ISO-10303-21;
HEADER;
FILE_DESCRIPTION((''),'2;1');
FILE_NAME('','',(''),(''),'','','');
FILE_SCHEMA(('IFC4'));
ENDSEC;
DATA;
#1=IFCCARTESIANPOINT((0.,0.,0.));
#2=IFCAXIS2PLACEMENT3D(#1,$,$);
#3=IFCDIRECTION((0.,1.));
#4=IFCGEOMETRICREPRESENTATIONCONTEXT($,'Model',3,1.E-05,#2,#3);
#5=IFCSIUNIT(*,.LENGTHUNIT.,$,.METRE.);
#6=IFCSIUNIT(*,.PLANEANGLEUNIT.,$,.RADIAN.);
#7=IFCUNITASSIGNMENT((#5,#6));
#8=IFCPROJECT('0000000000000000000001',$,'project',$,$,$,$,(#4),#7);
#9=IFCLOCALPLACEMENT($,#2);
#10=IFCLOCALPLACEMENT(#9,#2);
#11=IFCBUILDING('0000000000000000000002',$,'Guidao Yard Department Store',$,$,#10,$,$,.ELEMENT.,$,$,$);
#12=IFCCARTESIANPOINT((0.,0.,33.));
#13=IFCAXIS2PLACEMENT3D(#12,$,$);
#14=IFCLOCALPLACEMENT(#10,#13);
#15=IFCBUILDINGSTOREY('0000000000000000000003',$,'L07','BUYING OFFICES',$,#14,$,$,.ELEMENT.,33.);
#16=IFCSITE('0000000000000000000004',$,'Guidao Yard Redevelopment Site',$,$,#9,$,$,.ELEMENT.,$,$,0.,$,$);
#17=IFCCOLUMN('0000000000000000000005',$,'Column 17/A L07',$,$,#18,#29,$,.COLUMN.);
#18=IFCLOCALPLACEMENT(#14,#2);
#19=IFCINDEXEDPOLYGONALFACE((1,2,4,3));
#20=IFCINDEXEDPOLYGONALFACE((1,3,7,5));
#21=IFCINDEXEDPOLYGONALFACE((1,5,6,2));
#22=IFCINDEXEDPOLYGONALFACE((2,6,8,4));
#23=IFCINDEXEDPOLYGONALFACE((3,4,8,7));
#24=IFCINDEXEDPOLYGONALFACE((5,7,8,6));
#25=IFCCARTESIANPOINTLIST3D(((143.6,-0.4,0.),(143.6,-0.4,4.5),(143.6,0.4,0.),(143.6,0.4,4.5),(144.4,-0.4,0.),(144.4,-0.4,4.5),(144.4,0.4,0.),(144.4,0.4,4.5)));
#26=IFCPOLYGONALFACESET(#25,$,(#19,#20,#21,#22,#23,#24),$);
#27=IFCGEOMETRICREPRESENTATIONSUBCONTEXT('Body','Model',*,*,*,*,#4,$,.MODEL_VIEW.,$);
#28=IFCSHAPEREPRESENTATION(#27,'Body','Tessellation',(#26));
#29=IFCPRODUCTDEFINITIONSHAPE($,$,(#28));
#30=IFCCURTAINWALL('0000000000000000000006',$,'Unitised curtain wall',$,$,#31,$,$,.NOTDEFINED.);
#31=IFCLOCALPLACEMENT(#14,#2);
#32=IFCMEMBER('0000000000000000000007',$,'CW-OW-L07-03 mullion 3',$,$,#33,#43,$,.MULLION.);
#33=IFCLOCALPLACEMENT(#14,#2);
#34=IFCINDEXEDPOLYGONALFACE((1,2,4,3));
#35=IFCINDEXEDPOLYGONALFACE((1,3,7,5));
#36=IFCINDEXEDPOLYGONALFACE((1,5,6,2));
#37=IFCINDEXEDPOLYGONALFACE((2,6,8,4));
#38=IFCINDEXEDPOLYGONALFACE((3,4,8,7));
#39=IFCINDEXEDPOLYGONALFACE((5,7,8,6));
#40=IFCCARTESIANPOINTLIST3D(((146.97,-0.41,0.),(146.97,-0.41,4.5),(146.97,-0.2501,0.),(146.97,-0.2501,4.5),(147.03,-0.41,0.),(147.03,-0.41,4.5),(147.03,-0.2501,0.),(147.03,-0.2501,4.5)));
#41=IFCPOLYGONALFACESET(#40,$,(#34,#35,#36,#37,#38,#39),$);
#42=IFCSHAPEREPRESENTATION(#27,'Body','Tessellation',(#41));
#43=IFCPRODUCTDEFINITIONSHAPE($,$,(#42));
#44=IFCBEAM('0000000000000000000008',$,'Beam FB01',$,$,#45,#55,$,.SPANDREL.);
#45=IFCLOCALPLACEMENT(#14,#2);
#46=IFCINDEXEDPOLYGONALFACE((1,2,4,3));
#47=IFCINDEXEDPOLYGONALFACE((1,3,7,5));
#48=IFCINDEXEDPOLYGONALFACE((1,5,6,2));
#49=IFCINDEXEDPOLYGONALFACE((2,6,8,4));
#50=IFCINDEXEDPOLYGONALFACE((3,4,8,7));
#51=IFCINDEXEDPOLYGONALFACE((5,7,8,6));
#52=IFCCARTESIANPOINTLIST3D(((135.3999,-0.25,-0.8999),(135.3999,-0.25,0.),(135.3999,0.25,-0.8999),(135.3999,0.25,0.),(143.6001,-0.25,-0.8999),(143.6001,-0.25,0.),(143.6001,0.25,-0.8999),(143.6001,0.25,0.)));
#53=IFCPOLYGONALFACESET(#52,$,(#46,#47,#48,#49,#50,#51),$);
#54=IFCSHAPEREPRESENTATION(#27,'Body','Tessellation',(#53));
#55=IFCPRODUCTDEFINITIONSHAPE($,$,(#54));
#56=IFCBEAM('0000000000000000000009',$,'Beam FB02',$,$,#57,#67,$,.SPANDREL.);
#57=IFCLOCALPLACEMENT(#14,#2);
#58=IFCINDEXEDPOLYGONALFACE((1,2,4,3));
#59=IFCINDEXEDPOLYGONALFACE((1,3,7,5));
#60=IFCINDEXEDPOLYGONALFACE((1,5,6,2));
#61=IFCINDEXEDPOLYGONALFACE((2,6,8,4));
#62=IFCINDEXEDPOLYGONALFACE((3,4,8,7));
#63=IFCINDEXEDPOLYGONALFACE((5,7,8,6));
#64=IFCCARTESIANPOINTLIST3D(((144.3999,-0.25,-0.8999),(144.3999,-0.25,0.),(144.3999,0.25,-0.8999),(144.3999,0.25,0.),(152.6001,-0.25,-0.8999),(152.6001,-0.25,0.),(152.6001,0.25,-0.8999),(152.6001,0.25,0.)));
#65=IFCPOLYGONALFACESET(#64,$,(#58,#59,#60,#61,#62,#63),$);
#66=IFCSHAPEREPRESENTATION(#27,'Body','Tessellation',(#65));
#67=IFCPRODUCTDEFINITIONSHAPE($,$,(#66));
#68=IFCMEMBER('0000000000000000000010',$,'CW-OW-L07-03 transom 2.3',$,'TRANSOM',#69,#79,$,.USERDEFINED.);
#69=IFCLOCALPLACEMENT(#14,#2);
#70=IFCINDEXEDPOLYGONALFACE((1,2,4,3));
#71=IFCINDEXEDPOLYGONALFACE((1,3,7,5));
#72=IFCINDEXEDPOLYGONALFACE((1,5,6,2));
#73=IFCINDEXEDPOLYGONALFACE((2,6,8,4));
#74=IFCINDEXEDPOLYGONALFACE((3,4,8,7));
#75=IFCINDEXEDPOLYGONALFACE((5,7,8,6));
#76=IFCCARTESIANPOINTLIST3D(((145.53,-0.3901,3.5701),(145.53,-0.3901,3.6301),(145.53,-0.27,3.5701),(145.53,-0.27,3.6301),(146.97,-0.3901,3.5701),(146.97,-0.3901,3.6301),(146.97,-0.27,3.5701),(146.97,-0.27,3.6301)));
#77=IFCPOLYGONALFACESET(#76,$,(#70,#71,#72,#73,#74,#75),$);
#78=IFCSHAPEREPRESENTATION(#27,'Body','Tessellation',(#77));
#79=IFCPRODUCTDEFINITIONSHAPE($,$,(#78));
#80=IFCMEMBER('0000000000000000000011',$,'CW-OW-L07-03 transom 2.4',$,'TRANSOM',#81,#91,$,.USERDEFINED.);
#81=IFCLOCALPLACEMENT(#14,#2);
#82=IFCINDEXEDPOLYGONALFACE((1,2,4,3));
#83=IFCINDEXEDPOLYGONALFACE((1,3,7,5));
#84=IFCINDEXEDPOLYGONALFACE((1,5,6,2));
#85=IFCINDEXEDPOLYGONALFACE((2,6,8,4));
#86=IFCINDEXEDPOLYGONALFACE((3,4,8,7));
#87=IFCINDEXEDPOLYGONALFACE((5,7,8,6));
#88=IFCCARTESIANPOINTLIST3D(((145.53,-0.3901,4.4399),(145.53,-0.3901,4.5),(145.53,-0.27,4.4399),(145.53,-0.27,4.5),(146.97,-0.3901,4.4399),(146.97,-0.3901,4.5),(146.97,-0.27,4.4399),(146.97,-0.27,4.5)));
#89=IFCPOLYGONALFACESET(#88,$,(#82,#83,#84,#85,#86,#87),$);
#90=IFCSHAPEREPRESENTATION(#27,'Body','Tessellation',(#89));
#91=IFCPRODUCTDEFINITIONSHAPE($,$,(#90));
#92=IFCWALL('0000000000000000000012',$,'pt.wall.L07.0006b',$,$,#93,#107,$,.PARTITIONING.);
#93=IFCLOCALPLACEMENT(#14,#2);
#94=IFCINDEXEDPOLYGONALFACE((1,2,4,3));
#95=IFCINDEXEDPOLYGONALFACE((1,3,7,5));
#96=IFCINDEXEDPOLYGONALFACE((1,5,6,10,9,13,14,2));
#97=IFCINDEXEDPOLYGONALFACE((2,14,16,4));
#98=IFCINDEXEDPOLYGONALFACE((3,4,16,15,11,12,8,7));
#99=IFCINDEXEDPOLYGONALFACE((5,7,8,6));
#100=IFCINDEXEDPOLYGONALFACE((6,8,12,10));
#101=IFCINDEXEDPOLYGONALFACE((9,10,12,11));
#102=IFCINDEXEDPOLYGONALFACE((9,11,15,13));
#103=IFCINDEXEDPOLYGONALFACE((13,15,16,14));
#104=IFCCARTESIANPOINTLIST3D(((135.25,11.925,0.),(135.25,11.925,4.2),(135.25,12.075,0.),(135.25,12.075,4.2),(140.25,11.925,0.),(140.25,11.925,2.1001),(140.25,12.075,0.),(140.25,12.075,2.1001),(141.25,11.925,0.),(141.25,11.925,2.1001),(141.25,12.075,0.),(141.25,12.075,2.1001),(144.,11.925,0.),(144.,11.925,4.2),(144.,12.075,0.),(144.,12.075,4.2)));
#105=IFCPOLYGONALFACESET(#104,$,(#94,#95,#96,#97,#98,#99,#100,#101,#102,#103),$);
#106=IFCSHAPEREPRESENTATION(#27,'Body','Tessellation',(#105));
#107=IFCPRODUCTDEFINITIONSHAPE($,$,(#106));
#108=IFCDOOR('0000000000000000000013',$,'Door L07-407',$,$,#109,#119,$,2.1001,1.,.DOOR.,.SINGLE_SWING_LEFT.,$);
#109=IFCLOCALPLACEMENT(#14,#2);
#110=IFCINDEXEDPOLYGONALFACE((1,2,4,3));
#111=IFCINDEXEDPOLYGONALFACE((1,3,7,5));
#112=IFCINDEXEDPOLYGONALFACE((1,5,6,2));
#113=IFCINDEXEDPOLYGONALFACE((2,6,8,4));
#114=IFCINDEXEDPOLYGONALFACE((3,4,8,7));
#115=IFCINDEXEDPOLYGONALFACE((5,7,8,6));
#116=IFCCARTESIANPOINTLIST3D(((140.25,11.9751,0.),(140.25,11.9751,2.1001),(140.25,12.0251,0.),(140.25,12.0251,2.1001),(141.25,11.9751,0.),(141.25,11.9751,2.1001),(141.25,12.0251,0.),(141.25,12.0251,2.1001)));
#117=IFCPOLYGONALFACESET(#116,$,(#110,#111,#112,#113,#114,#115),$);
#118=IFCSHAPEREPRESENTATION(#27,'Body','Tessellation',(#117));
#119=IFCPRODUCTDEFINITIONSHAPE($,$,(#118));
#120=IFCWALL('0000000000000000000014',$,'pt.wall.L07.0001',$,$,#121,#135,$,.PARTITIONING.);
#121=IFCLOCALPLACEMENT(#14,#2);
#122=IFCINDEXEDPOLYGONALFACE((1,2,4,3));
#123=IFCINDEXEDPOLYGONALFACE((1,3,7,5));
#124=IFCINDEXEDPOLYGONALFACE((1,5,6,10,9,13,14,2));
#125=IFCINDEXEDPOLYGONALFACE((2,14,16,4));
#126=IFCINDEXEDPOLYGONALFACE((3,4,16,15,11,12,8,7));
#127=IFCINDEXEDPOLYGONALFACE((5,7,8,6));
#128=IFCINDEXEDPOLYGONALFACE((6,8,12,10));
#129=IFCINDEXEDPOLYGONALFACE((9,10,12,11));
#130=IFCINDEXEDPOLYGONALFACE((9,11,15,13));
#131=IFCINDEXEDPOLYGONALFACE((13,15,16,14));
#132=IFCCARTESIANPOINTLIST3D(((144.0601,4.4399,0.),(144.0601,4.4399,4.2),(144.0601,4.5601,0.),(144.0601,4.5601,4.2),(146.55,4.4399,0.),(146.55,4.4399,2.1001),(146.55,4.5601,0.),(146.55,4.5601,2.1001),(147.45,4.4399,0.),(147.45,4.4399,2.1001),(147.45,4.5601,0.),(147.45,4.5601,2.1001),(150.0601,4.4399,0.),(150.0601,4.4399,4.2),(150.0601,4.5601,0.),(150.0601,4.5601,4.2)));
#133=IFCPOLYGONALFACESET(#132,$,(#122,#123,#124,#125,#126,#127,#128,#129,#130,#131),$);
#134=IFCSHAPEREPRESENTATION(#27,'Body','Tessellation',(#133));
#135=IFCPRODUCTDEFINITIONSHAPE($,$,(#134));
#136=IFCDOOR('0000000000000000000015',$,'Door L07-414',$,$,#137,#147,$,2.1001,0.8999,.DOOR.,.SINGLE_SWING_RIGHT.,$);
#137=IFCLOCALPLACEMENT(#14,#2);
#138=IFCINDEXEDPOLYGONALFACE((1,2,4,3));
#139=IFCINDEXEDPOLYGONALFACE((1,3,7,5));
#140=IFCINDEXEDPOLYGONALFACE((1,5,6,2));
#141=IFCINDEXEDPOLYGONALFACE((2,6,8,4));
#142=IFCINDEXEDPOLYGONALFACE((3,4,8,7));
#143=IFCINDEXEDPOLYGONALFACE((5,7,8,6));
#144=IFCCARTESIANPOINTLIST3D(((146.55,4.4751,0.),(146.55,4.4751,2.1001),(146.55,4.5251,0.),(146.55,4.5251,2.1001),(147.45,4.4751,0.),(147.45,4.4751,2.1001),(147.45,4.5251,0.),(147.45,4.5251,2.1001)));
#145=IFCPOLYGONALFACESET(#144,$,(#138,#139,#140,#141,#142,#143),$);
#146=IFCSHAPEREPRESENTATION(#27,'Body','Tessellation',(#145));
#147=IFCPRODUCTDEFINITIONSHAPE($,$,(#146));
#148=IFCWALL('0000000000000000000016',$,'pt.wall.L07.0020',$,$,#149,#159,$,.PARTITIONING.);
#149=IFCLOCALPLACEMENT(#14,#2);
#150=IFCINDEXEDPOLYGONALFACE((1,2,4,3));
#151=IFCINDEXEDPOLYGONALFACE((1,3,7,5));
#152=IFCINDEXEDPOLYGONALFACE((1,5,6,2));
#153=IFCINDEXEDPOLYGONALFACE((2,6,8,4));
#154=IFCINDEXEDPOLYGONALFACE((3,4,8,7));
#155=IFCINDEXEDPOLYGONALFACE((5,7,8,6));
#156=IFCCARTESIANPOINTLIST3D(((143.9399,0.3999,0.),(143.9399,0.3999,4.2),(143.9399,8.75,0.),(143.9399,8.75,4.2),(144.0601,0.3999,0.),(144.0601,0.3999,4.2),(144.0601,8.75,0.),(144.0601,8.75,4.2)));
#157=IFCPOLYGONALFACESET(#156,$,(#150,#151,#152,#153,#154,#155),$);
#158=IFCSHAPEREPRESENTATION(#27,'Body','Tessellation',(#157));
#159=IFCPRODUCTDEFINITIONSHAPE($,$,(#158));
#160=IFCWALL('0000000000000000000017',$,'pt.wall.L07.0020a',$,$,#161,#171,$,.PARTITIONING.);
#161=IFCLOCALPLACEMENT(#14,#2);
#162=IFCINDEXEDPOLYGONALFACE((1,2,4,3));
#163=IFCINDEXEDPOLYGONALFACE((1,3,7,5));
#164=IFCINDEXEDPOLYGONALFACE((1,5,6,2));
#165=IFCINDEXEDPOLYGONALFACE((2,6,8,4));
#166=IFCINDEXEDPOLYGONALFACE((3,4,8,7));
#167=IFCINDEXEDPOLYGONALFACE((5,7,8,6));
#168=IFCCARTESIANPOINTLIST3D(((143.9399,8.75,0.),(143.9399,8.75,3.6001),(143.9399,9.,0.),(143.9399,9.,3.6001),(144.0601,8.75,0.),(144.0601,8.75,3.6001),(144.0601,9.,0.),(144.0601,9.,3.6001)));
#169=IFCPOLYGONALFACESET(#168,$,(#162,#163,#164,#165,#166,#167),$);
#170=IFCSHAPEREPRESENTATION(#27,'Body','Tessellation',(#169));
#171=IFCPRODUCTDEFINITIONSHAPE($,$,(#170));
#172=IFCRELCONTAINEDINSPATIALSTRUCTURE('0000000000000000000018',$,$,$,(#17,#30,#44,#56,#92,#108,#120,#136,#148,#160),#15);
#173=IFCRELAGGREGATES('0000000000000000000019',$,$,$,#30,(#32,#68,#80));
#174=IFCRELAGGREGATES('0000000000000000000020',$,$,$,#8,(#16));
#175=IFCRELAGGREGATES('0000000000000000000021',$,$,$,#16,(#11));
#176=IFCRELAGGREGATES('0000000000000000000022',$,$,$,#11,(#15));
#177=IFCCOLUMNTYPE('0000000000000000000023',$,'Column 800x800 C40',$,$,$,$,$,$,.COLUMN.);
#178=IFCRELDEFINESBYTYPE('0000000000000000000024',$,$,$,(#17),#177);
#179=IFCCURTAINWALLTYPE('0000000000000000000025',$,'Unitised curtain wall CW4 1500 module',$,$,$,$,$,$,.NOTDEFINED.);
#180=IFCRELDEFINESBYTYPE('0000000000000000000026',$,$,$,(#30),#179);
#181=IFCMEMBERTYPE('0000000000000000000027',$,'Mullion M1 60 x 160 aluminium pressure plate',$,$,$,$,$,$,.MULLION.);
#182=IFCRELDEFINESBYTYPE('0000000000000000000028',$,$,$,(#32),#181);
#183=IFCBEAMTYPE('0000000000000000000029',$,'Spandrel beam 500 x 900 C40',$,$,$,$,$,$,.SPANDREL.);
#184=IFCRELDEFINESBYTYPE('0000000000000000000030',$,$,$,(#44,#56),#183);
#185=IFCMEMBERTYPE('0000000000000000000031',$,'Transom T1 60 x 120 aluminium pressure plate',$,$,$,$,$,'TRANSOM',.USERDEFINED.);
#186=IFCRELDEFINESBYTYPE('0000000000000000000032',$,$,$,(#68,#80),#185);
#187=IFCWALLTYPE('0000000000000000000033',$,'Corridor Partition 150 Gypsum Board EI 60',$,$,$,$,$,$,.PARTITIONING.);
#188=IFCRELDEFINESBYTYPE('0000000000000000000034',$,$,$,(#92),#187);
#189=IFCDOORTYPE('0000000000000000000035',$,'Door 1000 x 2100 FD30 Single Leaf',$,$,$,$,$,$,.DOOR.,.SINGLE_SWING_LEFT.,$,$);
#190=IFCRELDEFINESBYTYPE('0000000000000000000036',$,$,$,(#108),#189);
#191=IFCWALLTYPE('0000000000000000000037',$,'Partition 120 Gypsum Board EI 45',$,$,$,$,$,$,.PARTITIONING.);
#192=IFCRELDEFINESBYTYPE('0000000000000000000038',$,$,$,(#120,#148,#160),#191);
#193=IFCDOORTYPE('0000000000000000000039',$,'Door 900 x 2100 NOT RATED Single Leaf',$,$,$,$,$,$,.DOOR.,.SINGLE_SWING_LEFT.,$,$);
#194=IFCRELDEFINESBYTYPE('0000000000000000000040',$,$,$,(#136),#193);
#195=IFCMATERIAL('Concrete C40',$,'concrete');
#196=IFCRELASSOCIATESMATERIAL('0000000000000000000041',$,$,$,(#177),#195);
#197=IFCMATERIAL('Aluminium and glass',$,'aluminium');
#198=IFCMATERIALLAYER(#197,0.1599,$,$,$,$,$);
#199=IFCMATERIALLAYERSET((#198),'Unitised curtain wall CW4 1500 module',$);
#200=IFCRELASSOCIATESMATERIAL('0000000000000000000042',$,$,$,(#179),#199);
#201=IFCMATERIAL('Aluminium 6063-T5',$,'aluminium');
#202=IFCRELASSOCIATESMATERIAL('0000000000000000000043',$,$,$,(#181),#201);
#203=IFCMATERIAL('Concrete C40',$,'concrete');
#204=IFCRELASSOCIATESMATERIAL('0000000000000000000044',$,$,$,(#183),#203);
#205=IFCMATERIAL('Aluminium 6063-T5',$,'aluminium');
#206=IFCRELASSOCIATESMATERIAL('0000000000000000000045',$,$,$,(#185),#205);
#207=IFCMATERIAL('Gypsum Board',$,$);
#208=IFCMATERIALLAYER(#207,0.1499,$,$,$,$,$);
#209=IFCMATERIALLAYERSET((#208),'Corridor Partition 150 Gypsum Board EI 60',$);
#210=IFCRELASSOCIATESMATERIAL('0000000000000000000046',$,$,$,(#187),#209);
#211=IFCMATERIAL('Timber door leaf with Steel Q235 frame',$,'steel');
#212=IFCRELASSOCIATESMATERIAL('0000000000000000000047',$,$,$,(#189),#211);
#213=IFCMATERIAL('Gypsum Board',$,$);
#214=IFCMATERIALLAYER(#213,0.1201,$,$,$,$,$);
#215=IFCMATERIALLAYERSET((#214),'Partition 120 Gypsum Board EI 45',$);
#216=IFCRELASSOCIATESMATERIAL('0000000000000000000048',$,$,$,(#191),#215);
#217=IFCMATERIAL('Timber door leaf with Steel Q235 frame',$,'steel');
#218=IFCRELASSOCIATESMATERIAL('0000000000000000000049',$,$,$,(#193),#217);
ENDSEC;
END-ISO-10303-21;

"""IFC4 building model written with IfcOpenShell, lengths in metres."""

from ifc_helpers import new_model, si_unit, direction, frame, frame_2d, origin, origin_2d, place, context, subcontext, project, spatial, rectangle, extrude, material, layer, layer_set, material_profile, profile_set, type_object, element, fill, aggregate, save


model = new_model("IFC4")

# Units and contexts
model_context = context("Model", 3, precision=1e-05, world=origin(), true_north=direction((0.0, 1.0)))
body_context = subcontext(model_context, "Body", "Model", "MODEL_VIEW")
ifc_project = project(units=[si_unit("LENGTHUNIT", "METRE"), si_unit("PLANEANGLEUNIT", "RADIAN")], contexts=[model_context])

# Site, building, storey
site_placement = place(None, origin())
site = spatial("IfcSite", under=ifc_project, at=site_placement, Name="Guidao Yard Redevelopment Site", CompositionType="ELEMENT", RefElevation=0.0)
building_placement = place(site_placement, origin())
building = spatial("IfcBuilding", under=site, at=building_placement, Name="Guidao Yard Department Store", CompositionType="ELEMENT")
storey_placement = place(building_placement, frame((0.0, 0.0, 33.0)))
storey = spatial("IfcBuildingStorey", under=building, at=storey_placement, Name="L07", Description="BUYING OFFICES", CompositionType="ELEMENT", Elevation=33.0)

# Column
ifc_material_1 = material(Name="Concrete C40", Category="concrete")
ifc_material_profile_1 = material_profile(ifc_material_1, rectangle(XDim=0.8, YDim=0.8, at=origin_2d()), Name="COL 800x800")
ifc_profile_set_1 = profile_set([ifc_material_profile_1], Name="Concrete C40")
column_type = type_object("IfcColumnType", Name="Column 800x800 C40", PredefinedType="COLUMN", material=ifc_profile_set_1)
column_placement = place(storey_placement, frame((144.0, 0.0, 0.0), z_axis=(0.0, 0.0, 1.0), x_axis=(1.0, 0.0, 0.0)))
element("IfcColumn", 1, at=column_placement, inside=storey, type_object=column_type, Name="Column 17/A L07", PredefinedType="COLUMN", context=body_context, shape_type="SweptSolid", body=[
    extrude(rectangle(XDim=0.8, YDim=0.8, at=origin_2d()), origin(), (0.0, 0.0, 1.0), 4.5),
])

# Curtain wall, member
ifc_material_2 = material(Name="Aluminium and glass", Category="aluminium")
ifc_layer_1 = layer(ifc_material_2, 0.1599)
ifc_layer_set_1 = layer_set([ifc_layer_1], Name="Unitised curtain wall CW4 1500 module")
curtain_wall_type = type_object("IfcCurtainWallType", Name="Unitised curtain wall CW4 1500 module", PredefinedType="NOTDEFINED", material=ifc_layer_set_1)
curtain_wall_placement = place(storey_placement, origin())
curtain_wall = element("IfcCurtainWall", 2, at=curtain_wall_placement, inside=storey, type_object=curtain_wall_type, Name="Unitised curtain wall", PredefinedType="NOTDEFINED")
ifc_material_3 = material(Name="Aluminium 6063-T5", Category="aluminium")
ifc_material_profile_2 = material_profile(ifc_material_3, rectangle(XDim=0.0601, YDim=0.1599, at=origin_2d()), Name="Mullion M1 60 x 160 aluminium pressure plate")
ifc_profile_set_2 = profile_set([ifc_material_profile_2], Name="Aluminium 6063-T5")
member_type_1 = type_object("IfcMemberType", Name="Mullion M1 60 x 160 aluminium pressure plate", PredefinedType="MULLION", material=ifc_profile_set_2)
member_1_placement = place(storey_placement, frame((147.0, -0.3301, 0.0), z_axis=(0.0, 0.0, 1.0), x_axis=(-1.0, 0.0, 0.0)))
member_1 = element("IfcMember", 3, at=member_1_placement, type_object=member_type_1, Name="CW-OW-L07-03 mullion 3", PredefinedType="MULLION", context=body_context, shape_type="SweptSolid", body=[
    extrude(rectangle(XDim=0.0601, YDim=0.1599, at=origin_2d()), origin(), (0.0, 0.0, 1.0), 4.5),
])

# Beams
ifc_material_4 = material(Name="Concrete C40", Category="concrete")
ifc_material_profile_3 = material_profile(ifc_material_4, rectangle(XDim=0.5, YDim=0.8999, at=origin_2d()), Name="Spandrel beam 500 x 900 C40")
ifc_profile_set_3 = profile_set([ifc_material_profile_3], Name="Concrete C40")
beam_type = type_object("IfcBeamType", Name="Spandrel beam 500 x 900 C40", PredefinedType="SPANDREL", material=ifc_profile_set_3)
for number, where, z_axis, x_axis, name in (
    (4, (135.3999, 0.0, -0.45), (1.0, 0.0, 0.0), (0.0, 1.0, 0.0), "Beam FB01"),
    (5, (144.3999, 0.0, -0.45), (1.0, 0.0, 0.0), (0.0, 1.0, 0.0), "Beam FB02"),
):
    element("IfcBeam", number, at=place(storey_placement, frame(where, z_axis=z_axis, x_axis=x_axis)), inside=storey, type_object=beam_type, Name=name, PredefinedType="SPANDREL", context=body_context, shape_type="SweptSolid", body=[
        extrude(rectangle(XDim=0.5, YDim=0.8999, at=origin_2d()), origin(), (0.0, 0.0, 1.0), 8.2002),
    ])

# Members
ifc_material_5 = material(Name="Aluminium 6063-T5", Category="aluminium")
ifc_material_profile_4 = material_profile(ifc_material_5, rectangle(XDim=0.1201, YDim=0.0601, at=origin_2d()), Name="Transom T1 60 x 120 aluminium pressure plate")
ifc_profile_set_4 = profile_set([ifc_material_profile_4], Name="Aluminium 6063-T5")
member_type_2 = type_object("IfcMemberType", Name="Transom T1 60 x 120 aluminium pressure plate", ElementType="TRANSOM", PredefinedType="USERDEFINED", material=ifc_profile_set_4)
member_2_placement = place(storey_placement, frame((146.97, -0.3301, 3.6001), z_axis=(-1.0, 0.0, 0.0), x_axis=(0.0, -1.0, 0.0)))
member_2 = element("IfcMember", 6, at=member_2_placement, type_object=member_type_2, Name="CW-OW-L07-03 transom 2.3", ObjectType="TRANSOM", PredefinedType="USERDEFINED", context=body_context, shape_type="SweptSolid", body=[
    extrude(rectangle(XDim=0.1201, YDim=0.0601, at=origin_2d()), origin(), (0.0, 0.0, 1.0), 1.4399),
])
member_3_placement = place(storey_placement, frame((146.97, -0.3301, 4.47), z_axis=(-1.0, 0.0, 0.0), x_axis=(0.0, -1.0, 0.0)))
member_3 = element("IfcMember", 7, at=member_3_placement, type_object=member_type_2, Name="CW-OW-L07-03 transom 2.4", ObjectType="TRANSOM", PredefinedType="USERDEFINED", context=body_context, shape_type="SweptSolid", body=[
    extrude(rectangle(XDim=0.1201, YDim=0.0601, at=origin_2d()), origin(), (0.0, 0.0, 1.0), 1.4399),
])
aggregate(curtain_wall, [member_1, member_2, member_3])

# Walls, openings, doors
ifc_material_6 = material(Name="Gypsum Board")
ifc_layer_2 = layer(ifc_material_6, 0.1499)
ifc_layer_set_2 = layer_set([ifc_layer_2], Name="Corridor Partition 150 Gypsum Board EI 60")
wall_type_1 = type_object("IfcWallType", Name="Corridor Partition 150 Gypsum Board EI 60", PredefinedType="PARTITIONING", material=ifc_layer_set_2)
wall_1_placement = place(storey_placement, frame((135.25, 12.0, 0.0), z_axis=(0.0, 0.0, 1.0), x_axis=(1.0, 0.0, 0.0)))
wall_1 = element("IfcWall", 8, at=wall_1_placement, inside=storey, type_object=wall_type_1, Name="pt.wall.L07.0006b", PredefinedType="PARTITIONING", context=body_context, shape_type="SweptSolid", body=[
    extrude(rectangle(XDim=8.75, YDim=0.1499, at=frame_2d((4.375, 0.0))), origin(), (0.0, 0.0, 1.0), 4.2),
])
opening_1_placement = place(wall_1_placement, frame((6.0, 0.0, 0.0), z_axis=(0.0, 0.0, 1.0), x_axis=(-1.0, 0.0, 0.0)))
opening_1 = element("IfcOpeningElement", 9, at=opening_1_placement, cuts=wall_1, PredefinedType="OPENING", context=body_context, shape_type="SweptSolid", body=[
    extrude(rectangle(XDim=1.0, YDim=2.1001, at=frame_2d((0.5, 1.05))), frame((0.0, 0.085, 0.0), z_axis=(0.0, -1.0, 0.0), x_axis=(1.0, 0.0, 0.0)), (0.0, 0.0, 1.0), 0.1699),
])
ifc_material_7 = material(Name="Timber door leaf with Steel Q235 frame", Category="steel")
door_type_1 = type_object("IfcDoorType", Name="Door 1000 x 2100 FD30 Single Leaf", OperationType="SINGLE_SWING_LEFT", PredefinedType="DOOR", material=ifc_material_7)
door_1_placement = place(opening_1_placement, origin())
door_1 = element("IfcDoor", 10, at=door_1_placement, inside=storey, type_object=door_type_1, Name="Door L07-407", OperationType="SINGLE_SWING_LEFT", OverallHeight=2.1001, OverallWidth=1.0, PredefinedType="DOOR", context=body_context, shape_type="SweptSolid", body=[
    extrude(rectangle(XDim=1.0, YDim=2.1001, at=frame_2d((0.5, 1.05))), frame((0.0, 0.0249, 0.0), z_axis=(0.0, -1.0, 0.0), x_axis=(1.0, 0.0, 0.0)), (0.0, 0.0, 1.0), 0.05),
])
fill(opening_1, door_1)
ifc_material_8 = material(Name="Gypsum Board")
ifc_layer_3 = layer(ifc_material_8, 0.1201)
ifc_layer_set_3 = layer_set([ifc_layer_3], Name="Partition 120 Gypsum Board EI 45")
wall_type_2 = type_object("IfcWallType", Name="Partition 120 Gypsum Board EI 45", PredefinedType="PARTITIONING", material=ifc_layer_set_3)
wall_2_placement = place(storey_placement, frame((144.0601, 4.5, 0.0), z_axis=(0.0, 0.0, 1.0), x_axis=(1.0, 0.0, 0.0)))
wall_2 = element("IfcWall", 11, at=wall_2_placement, inside=storey, type_object=wall_type_2, Name="pt.wall.L07.0001", PredefinedType="PARTITIONING", context=body_context, shape_type="SweptSolid", body=[
    extrude(rectangle(XDim=6.0, YDim=0.1201, at=frame_2d((3.0, 0.0))), origin(), (0.0, 0.0, 1.0), 4.2),
])
opening_2_placement = place(wall_2_placement, frame((3.3899, 0.0, 0.0), z_axis=(0.0, 0.0, 1.0), x_axis=(-1.0, 0.0, 0.0)))
opening_2 = element("IfcOpeningElement", 12, at=opening_2_placement, cuts=wall_2, PredefinedType="OPENING", context=body_context, shape_type="SweptSolid", body=[
    extrude(rectangle(XDim=0.8999, YDim=2.1001, at=frame_2d((0.45, 1.05))), frame((0.0, 0.0701, 0.0), z_axis=(0.0, -1.0, 0.0), x_axis=(1.0, 0.0, 0.0)), (0.0, 0.0, 1.0), 0.1401),
])
ifc_material_9 = material(Name="Timber door leaf with Steel Q235 frame", Category="steel")
door_type_2 = type_object("IfcDoorType", Name="Door 900 x 2100 NOT RATED Single Leaf", OperationType="SINGLE_SWING_LEFT", PredefinedType="DOOR", material=ifc_material_9)
door_2_placement = place(opening_2_placement, origin())
door_2 = element("IfcDoor", 13, at=door_2_placement, inside=storey, type_object=door_type_2, Name="Door L07-414", OperationType="SINGLE_SWING_RIGHT", OverallHeight=2.1001, OverallWidth=0.8999, PredefinedType="DOOR", context=body_context, shape_type="SweptSolid", body=[
    extrude(rectangle(XDim=0.8999, YDim=2.1001, at=frame_2d((0.45, 1.05))), frame((0.0, 0.0249, 0.0), z_axis=(0.0, -1.0, 0.0), x_axis=(1.0, 0.0, 0.0)), (0.0, 0.0, 1.0), 0.05),
])
fill(opening_2, door_2)

# Walls
wall_3_placement = place(storey_placement, frame((144.0, 0.3999, 0.0), z_axis=(0.0, 0.0, 1.0), x_axis=(0.0, 1.0, 0.0)))
element("IfcWall", 14, at=wall_3_placement, inside=storey, type_object=wall_type_2, Name="pt.wall.L07.0020", PredefinedType="PARTITIONING", context=body_context, shape_type="SweptSolid", body=[
    extrude(rectangle(XDim=8.3501, YDim=0.1201, at=frame_2d((4.175, 0.0))), origin(), (0.0, 0.0, 1.0), 4.2),
])
wall_4_placement = place(storey_placement, frame((144.0, 8.75, 0.0), z_axis=(0.0, 0.0, 1.0), x_axis=(0.0, 1.0, 0.0)))
element("IfcWall", 15, at=wall_4_placement, inside=storey, type_object=wall_type_2, Name="pt.wall.L07.0020a", PredefinedType="PARTITIONING", context=body_context, shape_type="SweptSolid", body=[
    extrude(rectangle(XDim=0.25, YDim=0.1201, at=frame_2d((0.125, 0.0))), origin(), (0.0, 0.0, 1.0), 3.6001),
])

save(model, "model.ifc")
